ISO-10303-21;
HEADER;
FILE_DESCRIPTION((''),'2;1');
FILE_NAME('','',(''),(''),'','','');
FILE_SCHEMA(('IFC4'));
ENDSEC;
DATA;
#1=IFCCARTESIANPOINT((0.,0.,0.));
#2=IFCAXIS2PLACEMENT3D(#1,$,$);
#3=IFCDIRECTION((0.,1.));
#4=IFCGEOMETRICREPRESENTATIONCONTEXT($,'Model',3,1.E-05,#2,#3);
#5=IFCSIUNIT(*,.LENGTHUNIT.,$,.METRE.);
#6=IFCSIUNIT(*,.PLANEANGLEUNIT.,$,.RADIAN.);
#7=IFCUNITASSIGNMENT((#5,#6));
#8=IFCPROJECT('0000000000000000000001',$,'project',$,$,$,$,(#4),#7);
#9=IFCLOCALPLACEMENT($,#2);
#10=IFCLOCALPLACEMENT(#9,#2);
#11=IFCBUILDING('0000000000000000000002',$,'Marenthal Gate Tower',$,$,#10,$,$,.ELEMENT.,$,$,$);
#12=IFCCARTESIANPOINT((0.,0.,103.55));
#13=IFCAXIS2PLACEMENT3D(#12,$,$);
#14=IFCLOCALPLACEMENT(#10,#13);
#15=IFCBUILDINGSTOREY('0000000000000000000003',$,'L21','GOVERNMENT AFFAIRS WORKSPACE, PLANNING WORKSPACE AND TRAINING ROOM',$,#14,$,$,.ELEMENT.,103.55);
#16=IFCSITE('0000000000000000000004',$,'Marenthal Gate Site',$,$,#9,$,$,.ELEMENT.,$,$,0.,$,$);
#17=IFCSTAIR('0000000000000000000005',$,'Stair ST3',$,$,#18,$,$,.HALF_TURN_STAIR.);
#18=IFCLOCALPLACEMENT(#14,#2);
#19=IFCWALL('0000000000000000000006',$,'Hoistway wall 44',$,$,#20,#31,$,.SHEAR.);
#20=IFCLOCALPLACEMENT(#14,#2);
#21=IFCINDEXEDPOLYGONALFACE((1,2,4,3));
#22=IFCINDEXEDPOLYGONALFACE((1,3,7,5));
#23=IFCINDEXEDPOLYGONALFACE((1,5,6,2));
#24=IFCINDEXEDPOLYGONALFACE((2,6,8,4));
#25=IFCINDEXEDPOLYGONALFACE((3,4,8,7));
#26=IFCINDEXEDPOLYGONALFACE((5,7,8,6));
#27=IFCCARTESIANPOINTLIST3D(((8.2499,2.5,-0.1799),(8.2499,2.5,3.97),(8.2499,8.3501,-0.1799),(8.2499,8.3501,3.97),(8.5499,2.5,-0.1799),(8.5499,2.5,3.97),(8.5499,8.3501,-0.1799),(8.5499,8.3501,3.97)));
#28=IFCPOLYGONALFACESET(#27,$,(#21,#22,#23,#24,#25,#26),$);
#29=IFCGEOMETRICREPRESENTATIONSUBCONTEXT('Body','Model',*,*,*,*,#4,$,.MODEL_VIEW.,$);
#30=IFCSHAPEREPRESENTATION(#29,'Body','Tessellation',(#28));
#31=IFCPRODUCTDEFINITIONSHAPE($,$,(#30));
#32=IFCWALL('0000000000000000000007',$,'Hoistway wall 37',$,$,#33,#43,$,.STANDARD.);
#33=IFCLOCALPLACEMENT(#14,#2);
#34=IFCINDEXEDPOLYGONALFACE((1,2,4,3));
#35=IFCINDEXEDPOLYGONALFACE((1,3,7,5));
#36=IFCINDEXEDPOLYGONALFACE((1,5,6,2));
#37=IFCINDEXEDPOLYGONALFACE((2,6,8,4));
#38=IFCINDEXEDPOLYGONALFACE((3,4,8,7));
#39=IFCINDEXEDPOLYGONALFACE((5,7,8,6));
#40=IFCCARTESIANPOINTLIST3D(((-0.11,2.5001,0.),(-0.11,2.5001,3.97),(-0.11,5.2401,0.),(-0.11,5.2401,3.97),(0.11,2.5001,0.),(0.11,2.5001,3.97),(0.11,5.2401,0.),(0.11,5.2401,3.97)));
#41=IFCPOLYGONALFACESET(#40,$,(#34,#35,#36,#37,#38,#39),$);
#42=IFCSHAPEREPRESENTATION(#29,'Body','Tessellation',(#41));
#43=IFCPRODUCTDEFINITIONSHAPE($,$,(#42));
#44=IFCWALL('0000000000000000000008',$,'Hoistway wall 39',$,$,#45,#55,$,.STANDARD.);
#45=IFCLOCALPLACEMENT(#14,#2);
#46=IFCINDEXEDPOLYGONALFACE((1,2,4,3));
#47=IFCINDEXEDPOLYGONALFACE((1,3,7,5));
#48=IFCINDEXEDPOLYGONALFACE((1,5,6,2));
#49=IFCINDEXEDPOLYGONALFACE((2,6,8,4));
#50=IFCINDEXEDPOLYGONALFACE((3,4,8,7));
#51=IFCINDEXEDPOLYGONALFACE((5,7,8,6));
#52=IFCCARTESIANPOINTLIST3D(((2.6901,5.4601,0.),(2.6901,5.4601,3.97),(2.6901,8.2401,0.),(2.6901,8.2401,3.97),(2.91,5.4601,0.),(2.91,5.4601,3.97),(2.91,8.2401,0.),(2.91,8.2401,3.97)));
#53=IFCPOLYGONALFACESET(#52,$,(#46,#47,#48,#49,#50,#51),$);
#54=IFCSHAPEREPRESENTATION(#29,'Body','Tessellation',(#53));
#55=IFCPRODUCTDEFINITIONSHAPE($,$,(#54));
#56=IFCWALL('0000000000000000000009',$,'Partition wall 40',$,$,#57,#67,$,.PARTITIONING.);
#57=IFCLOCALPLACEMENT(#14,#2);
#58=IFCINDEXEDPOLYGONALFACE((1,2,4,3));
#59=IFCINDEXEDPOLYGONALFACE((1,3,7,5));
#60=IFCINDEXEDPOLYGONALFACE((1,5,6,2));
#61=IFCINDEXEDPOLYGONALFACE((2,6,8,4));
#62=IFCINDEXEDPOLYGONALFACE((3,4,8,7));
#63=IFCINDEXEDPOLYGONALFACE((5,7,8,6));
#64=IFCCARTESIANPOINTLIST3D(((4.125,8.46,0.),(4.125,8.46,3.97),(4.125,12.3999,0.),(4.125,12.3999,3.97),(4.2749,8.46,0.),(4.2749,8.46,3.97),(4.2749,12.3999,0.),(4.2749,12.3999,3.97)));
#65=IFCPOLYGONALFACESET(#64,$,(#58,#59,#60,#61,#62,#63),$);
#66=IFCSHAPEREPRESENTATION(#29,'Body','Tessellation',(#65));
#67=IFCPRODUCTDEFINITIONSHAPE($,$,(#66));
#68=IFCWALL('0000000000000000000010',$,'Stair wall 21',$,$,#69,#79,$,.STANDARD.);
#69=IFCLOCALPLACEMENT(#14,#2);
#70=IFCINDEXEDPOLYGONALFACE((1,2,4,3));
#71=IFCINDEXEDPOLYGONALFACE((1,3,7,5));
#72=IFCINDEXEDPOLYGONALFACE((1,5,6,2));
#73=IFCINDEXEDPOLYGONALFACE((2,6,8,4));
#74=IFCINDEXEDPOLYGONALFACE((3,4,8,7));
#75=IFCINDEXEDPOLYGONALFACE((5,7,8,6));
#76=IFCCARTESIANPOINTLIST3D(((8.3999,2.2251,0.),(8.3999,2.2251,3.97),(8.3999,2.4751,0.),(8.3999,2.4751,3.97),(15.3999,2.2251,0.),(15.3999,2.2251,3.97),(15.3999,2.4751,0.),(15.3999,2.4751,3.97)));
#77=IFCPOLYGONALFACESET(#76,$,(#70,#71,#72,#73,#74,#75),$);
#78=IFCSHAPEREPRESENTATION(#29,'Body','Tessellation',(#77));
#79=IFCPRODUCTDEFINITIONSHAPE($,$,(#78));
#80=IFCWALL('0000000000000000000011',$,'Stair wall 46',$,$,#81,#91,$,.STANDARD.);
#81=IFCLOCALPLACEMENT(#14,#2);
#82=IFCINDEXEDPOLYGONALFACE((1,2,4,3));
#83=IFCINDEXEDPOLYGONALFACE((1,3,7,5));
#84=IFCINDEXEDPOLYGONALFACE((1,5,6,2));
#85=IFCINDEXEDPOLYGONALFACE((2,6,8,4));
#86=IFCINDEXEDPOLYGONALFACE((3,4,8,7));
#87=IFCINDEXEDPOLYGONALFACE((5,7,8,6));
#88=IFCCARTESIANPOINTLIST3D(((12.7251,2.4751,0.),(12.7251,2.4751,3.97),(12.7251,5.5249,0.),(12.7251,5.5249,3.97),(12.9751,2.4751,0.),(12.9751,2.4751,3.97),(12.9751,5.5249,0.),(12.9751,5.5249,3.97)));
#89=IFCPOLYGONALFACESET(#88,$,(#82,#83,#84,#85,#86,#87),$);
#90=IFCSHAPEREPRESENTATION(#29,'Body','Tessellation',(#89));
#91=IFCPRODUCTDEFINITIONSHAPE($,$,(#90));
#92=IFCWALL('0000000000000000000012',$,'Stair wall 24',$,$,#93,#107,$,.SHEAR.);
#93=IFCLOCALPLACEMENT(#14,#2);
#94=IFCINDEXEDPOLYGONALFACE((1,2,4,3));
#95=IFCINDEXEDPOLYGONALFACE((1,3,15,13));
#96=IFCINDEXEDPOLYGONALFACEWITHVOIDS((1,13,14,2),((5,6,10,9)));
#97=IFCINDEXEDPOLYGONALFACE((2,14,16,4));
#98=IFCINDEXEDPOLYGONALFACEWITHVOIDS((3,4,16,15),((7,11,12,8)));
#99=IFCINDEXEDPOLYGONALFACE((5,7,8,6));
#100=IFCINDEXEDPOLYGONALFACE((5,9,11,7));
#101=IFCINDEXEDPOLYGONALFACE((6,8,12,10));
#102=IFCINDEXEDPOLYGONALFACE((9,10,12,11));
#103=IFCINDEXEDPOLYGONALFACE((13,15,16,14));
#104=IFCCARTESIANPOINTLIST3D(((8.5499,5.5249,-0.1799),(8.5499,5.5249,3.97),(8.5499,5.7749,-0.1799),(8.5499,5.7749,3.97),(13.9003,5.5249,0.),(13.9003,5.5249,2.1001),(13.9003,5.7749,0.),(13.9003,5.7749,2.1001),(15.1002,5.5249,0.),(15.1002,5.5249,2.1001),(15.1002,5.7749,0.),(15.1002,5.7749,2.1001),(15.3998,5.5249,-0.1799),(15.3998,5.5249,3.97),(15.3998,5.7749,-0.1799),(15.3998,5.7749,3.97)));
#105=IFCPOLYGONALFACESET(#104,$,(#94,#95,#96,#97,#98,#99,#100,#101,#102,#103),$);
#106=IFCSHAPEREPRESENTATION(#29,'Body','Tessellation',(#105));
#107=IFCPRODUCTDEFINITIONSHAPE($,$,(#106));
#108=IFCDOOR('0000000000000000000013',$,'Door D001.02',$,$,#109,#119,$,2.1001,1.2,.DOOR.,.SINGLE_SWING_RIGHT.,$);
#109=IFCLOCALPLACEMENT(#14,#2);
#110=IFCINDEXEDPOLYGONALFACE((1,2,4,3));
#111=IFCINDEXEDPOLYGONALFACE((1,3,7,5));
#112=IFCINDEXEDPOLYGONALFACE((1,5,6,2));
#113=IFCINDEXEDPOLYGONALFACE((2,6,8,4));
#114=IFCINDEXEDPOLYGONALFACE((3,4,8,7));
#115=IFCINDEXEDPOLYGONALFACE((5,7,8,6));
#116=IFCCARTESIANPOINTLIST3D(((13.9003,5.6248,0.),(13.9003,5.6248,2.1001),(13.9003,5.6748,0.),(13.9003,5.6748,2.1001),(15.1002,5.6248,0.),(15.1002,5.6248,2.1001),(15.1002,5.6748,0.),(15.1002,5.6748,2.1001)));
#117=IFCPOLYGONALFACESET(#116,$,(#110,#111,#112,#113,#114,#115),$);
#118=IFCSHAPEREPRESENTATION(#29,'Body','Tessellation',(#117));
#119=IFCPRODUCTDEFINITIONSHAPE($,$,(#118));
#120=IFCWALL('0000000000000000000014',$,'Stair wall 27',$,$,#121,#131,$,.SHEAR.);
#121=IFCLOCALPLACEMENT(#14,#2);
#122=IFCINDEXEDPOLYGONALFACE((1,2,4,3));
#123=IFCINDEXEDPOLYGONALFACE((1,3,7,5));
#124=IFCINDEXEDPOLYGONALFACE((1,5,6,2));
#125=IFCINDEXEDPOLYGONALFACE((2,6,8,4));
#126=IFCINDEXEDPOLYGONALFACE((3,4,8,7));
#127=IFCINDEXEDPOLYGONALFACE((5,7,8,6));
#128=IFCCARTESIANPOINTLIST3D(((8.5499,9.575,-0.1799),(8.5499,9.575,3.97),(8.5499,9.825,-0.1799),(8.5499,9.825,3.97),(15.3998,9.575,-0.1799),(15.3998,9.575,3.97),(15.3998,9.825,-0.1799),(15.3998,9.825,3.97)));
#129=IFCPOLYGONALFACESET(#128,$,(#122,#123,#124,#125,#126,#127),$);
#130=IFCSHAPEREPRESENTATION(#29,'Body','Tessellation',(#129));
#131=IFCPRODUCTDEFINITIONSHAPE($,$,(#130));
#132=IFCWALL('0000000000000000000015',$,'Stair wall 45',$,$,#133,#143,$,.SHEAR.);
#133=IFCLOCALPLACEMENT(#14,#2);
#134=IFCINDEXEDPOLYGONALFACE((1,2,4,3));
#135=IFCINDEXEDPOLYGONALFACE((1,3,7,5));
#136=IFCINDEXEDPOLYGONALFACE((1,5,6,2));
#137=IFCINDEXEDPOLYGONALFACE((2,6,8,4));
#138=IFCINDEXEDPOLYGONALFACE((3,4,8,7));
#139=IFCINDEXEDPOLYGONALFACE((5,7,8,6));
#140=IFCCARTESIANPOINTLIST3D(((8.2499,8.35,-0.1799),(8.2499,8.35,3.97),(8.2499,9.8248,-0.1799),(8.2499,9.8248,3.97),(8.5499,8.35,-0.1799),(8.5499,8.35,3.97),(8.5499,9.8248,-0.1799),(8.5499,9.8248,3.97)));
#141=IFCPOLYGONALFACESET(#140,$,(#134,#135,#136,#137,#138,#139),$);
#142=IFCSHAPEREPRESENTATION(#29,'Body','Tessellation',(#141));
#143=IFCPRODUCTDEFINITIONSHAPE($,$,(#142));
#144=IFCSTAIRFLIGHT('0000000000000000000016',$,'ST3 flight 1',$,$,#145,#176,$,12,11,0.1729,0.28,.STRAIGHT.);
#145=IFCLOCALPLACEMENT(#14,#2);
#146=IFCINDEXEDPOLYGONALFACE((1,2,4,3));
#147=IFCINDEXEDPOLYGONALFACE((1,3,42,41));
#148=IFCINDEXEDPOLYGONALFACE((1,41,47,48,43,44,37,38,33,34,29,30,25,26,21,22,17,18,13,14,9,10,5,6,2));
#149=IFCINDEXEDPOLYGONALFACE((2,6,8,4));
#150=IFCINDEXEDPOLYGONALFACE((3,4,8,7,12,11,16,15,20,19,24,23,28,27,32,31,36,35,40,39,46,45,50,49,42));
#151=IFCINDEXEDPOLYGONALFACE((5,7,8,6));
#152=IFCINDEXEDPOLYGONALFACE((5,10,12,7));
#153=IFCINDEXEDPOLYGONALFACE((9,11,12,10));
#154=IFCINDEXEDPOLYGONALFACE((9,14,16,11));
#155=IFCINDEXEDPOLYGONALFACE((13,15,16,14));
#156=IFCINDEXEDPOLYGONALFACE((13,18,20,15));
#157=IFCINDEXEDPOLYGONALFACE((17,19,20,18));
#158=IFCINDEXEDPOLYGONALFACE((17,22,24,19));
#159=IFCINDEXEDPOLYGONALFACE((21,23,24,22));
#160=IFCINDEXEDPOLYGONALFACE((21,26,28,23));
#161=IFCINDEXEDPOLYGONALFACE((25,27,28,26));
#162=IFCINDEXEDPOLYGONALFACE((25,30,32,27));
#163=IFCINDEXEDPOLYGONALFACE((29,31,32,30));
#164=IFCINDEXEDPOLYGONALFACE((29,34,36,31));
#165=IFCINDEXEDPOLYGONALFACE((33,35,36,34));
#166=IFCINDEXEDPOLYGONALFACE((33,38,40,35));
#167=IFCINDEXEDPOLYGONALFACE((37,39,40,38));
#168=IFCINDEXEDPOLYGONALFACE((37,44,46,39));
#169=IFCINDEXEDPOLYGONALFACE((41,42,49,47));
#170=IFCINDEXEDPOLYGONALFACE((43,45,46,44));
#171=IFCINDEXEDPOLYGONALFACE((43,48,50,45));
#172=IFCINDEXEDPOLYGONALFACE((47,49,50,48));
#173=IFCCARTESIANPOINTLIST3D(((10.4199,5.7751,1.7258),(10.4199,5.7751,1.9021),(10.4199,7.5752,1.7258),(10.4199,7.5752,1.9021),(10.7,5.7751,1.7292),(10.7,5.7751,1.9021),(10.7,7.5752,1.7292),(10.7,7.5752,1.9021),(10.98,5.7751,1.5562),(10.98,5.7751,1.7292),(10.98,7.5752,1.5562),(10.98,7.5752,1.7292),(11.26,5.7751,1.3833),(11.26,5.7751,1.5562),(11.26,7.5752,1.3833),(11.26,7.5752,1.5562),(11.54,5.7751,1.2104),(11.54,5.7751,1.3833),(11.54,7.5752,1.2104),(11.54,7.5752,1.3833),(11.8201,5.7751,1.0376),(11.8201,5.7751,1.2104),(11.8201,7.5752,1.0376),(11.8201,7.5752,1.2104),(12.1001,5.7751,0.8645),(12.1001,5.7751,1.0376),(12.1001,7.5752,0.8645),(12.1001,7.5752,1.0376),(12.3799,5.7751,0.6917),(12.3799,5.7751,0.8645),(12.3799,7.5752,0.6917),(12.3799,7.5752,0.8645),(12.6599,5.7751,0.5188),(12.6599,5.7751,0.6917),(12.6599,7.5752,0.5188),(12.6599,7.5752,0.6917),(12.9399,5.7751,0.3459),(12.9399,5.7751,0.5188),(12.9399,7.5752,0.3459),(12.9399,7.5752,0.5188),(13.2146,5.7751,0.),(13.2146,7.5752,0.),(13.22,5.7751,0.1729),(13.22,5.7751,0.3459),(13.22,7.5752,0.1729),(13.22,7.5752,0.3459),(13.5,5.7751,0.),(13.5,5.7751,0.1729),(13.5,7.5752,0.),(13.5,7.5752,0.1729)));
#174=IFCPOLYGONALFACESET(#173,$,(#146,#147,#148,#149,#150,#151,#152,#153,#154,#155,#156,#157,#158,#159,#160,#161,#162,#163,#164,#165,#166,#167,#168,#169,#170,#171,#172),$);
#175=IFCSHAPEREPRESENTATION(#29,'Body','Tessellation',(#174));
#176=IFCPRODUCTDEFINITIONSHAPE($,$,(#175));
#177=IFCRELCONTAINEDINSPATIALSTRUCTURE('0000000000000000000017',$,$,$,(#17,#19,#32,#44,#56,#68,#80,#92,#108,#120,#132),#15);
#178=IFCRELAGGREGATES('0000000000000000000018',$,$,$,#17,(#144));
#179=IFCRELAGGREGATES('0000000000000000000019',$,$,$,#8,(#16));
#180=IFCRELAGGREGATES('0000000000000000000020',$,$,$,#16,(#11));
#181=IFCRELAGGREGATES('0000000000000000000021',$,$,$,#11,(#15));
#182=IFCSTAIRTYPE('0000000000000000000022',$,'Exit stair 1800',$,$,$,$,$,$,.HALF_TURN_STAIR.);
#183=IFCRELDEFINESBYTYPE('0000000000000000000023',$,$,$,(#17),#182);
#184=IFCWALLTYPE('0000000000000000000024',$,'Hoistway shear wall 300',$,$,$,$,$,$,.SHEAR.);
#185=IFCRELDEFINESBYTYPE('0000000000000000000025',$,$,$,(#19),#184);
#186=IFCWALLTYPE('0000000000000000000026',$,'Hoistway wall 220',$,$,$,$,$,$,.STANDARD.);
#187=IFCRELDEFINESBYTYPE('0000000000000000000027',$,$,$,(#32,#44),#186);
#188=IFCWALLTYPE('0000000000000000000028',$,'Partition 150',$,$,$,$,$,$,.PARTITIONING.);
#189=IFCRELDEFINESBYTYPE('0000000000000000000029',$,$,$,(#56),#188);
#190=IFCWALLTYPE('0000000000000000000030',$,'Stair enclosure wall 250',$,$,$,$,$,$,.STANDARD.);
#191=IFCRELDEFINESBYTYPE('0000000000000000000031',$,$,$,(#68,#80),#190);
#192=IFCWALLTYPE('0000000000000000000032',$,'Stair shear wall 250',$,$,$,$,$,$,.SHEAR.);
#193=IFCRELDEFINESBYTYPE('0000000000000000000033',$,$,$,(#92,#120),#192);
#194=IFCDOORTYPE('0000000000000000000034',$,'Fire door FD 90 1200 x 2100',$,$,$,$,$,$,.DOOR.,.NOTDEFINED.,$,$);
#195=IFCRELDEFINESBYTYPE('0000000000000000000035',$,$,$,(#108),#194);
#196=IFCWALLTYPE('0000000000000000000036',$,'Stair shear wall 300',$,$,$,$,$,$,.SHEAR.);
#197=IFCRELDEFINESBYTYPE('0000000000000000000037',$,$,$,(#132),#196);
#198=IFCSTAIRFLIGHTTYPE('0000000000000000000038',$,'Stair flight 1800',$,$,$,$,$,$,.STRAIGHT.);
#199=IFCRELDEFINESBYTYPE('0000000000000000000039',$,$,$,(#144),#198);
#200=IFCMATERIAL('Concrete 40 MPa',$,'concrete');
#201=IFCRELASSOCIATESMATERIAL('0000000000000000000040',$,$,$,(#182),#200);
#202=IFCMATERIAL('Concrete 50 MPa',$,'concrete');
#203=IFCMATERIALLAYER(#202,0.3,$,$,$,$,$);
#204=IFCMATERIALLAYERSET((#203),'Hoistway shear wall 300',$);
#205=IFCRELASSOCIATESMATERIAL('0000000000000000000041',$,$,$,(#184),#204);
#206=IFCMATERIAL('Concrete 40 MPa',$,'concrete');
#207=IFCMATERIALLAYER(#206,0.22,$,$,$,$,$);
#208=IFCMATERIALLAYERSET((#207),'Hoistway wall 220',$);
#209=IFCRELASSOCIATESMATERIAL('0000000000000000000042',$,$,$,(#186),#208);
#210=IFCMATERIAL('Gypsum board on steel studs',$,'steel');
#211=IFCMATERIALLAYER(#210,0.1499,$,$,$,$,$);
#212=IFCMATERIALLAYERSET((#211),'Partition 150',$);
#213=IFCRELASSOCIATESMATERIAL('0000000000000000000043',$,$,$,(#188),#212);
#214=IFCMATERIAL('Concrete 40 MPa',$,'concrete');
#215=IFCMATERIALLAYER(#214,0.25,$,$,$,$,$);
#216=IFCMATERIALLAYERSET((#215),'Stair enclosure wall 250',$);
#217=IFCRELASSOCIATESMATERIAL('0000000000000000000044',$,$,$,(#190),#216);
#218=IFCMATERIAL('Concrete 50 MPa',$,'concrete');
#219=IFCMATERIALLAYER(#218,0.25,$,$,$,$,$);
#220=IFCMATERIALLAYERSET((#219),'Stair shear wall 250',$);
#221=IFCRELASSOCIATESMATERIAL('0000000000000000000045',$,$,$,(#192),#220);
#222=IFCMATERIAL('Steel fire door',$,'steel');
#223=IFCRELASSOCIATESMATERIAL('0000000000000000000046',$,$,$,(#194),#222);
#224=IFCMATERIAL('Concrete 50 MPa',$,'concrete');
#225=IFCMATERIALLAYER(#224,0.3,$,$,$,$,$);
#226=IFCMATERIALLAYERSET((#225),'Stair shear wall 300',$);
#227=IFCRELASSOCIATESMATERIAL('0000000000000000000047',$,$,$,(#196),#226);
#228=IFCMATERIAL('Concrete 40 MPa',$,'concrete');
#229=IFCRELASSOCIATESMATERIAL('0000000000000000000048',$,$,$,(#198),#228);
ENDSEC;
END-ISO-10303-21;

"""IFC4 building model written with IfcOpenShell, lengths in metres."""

from ifc_helpers import new_model, si_unit, direction, frame, frame_2d, origin, place, context, subcontext, project, spatial, polyline, rectangle, outline, extrude, material, layer, layer_set, type_object, element, fill, aggregate, save


model = new_model("IFC4")

# Units and contexts
model_context = context("Model", 3, precision=1e-05, world=origin(), true_north=direction((0.0, 1.0)))
body_context = subcontext(model_context, "Body", "Model", "MODEL_VIEW")
ifc_project = project(units=[si_unit("LENGTHUNIT", "METRE"), si_unit("PLANEANGLEUNIT", "RADIAN")], contexts=[model_context])

# Site, building, storey
site_placement = place(None, origin())
site = spatial("IfcSite", under=ifc_project, at=site_placement, Name="Marenthal Gate Site", CompositionType="ELEMENT", RefElevation=0.0)
building_placement = place(site_placement, origin())
building = spatial("IfcBuilding", under=site, at=building_placement, Name="Marenthal Gate Tower", CompositionType="ELEMENT")
storey_placement = place(building_placement, frame((0.0, 0.0, 103.55)))
storey = spatial("IfcBuildingStorey", under=building, at=storey_placement, Name="L21", Description="GOVERNMENT AFFAIRS WORKSPACE, PLANNING WORKSPACE AND TRAINING ROOM", CompositionType="ELEMENT", Elevation=103.55)

# Stair
ifc_material_1 = material(Name="Concrete 40 MPa", Category="concrete")
stair_type = type_object("IfcStairType", Name="Exit stair 1800", PredefinedType="HALF_TURN_STAIR", material=ifc_material_1)
stair_1_placement = place(storey_placement, origin())
stair_1 = element("IfcStair", 1, at=stair_1_placement, inside=storey, type_object=stair_type, Name="Stair ST3", PredefinedType="HALF_TURN_STAIR")

# Walls
ifc_material_2 = material(Name="Concrete 50 MPa", Category="concrete")
ifc_layer_1 = layer(ifc_material_2, 0.3)
ifc_layer_set_1 = layer_set([ifc_layer_1], Name="Hoistway shear wall 300")
wall_type_1 = type_object("IfcWallType", Name="Hoistway shear wall 300", PredefinedType="SHEAR", material=ifc_layer_set_1)
wall_1_placement = place(storey_placement, frame((8.3999, 2.5, -0.1799), z_axis=(0.0, 0.0, 1.0), x_axis=(0.0, 1.0, 0.0)))
element("IfcWall", 2, at=wall_1_placement, inside=storey, type_object=wall_type_1, Name="Hoistway wall 44", PredefinedType="SHEAR", context=body_context, shape_type="SweptSolid", body=[
    extrude(rectangle(XDim=5.8501, YDim=0.3, at=frame_2d((2.925, 0.0))), origin(), (0.0, 0.0, 1.0), 4.1499),
])
ifc_material_3 = material(Name="Concrete 40 MPa", Category="concrete")
ifc_layer_2 = layer(ifc_material_3, 0.22)
ifc_layer_set_2 = layer_set([ifc_layer_2], Name="Hoistway wall 220")
wall_type_2 = type_object("IfcWallType", Name="Hoistway wall 220", PredefinedType="STANDARD", material=ifc_layer_set_2)
wall_2_placement = place(storey_placement, frame((0.0, 2.5, 0.0), z_axis=(0.0, 0.0, 1.0), x_axis=(0.0, 1.0, 0.0)))
element("IfcWall", 3, at=wall_2_placement, inside=storey, type_object=wall_type_2, Name="Hoistway wall 37", PredefinedType="STANDARD", context=body_context, shape_type="SweptSolid", body=[
    extrude(rectangle(XDim=2.74, YDim=0.22, at=frame_2d((1.3701, 0.0))), origin(), (0.0, 0.0, 1.0), 3.97),
])
wall_3_placement = place(storey_placement, frame((2.8, 5.46, 0.0), z_axis=(0.0, 0.0, 1.0), x_axis=(0.0, 1.0, 0.0)))
element("IfcWall", 4, at=wall_3_placement, inside=storey, type_object=wall_type_2, Name="Hoistway wall 39", PredefinedType="STANDARD", context=body_context, shape_type="SweptSolid", body=[
    extrude(rectangle(XDim=2.78, YDim=0.22, at=frame_2d((1.3901, 0.0))), origin(), (0.0, 0.0, 1.0), 3.97),
])
ifc_material_4 = material(Name="Gypsum board on steel studs", Category="steel")
ifc_layer_3 = layer(ifc_material_4, 0.1499)
ifc_layer_set_3 = layer_set([ifc_layer_3], Name="Partition 150")
wall_type_3 = type_object("IfcWallType", Name="Partition 150", PredefinedType="PARTITIONING", material=ifc_layer_set_3)
wall_4_placement = place(storey_placement, frame((4.2, 8.46, 0.0), z_axis=(0.0, 0.0, 1.0), x_axis=(0.0, 1.0, 0.0)))
element("IfcWall", 5, at=wall_4_placement, inside=storey, type_object=wall_type_3, Name="Partition wall 40", PredefinedType="PARTITIONING", context=body_context, shape_type="SweptSolid", body=[
    extrude(rectangle(XDim=3.9399, YDim=0.1499, at=frame_2d((1.97, 0.0))), origin(), (0.0, 0.0, 1.0), 3.97),
])
ifc_material_5 = material(Name="Concrete 40 MPa", Category="concrete")
ifc_layer_4 = layer(ifc_material_5, 0.25)
ifc_layer_set_4 = layer_set([ifc_layer_4], Name="Stair enclosure wall 250")
wall_type_4 = type_object("IfcWallType", Name="Stair enclosure wall 250", PredefinedType="STANDARD", material=ifc_layer_set_4)
wall_5_placement = place(storey_placement, frame((8.3999, 2.3501, 0.0), z_axis=(0.0, 0.0, 1.0), x_axis=(1.0, 0.0, 0.0)))
element("IfcWall", 6, at=wall_5_placement, inside=storey, type_object=wall_type_4, Name="Stair wall 21", PredefinedType="STANDARD", context=body_context, shape_type="SweptSolid", body=[
    extrude(rectangle(XDim=7.0, YDim=0.25, at=frame_2d((3.5, 0.0))), origin(), (0.0, 0.0, 1.0), 3.97),
])
wall_6_placement = place(storey_placement, frame((12.8501, 2.4751, 0.0), z_axis=(0.0, 0.0, 1.0), x_axis=(0.0, 1.0, 0.0)))
element("IfcWall", 7, at=wall_6_placement, inside=storey, type_object=wall_type_4, Name="Stair wall 46", PredefinedType="STANDARD", context=body_context, shape_type="SweptSolid", body=[
    extrude(rectangle(XDim=3.0498, YDim=0.25, at=frame_2d((1.5249, 0.0))), origin(), (0.0, 0.0, 1.0), 3.97),
])

# Wall, opening, door
ifc_material_6 = material(Name="Concrete 50 MPa", Category="concrete")
ifc_layer_5 = layer(ifc_material_6, 0.25)
ifc_layer_set_5 = layer_set([ifc_layer_5], Name="Stair shear wall 250")
wall_type_5 = type_object("IfcWallType", Name="Stair shear wall 250", PredefinedType="SHEAR", material=ifc_layer_set_5)
wall_7_placement = place(storey_placement, frame((8.55, 5.6499, -0.1799), z_axis=(0.0, 0.0, 1.0), x_axis=(1.0, 0.0, 0.0)))
wall_7 = element("IfcWall", 8, at=wall_7_placement, inside=storey, type_object=wall_type_5, Name="Stair wall 24", PredefinedType="SHEAR", context=body_context, shape_type="SweptSolid", body=[
    extrude(rectangle(XDim=6.8499, YDim=0.25, at=frame_2d((3.4248, 0.0))), origin(), (0.0, 0.0, 1.0), 4.1499),
])
opening_1_placement = place(wall_7_placement, frame((5.3501, 0.0, 0.1799)))
opening_1 = element("IfcOpeningElement", 9, at=opening_1_placement, cuts=wall_7, PredefinedType="OPENING", context=body_context, shape_type="SweptSolid", body=[
    extrude(rectangle(XDim=1.2, YDim=2.1001, at=frame_2d((0.6001, 1.05))), frame((0.0, 0.135, 0.0), z_axis=(0.0, -1.0, 0.0), x_axis=(1.0, 0.0, 0.0)), (0.0, 0.0, 1.0), 0.27),
])
ifc_material_7 = material(Name="Steel fire door", Category="steel")
door_type_1 = type_object("IfcDoorType", Name="Fire door FD 90 1200 x 2100", OperationType="NOTDEFINED", PredefinedType="DOOR", material=ifc_material_7)
door_1_placement = place(opening_1_placement, origin())
door_1 = element("IfcDoor", 10, at=door_1_placement, inside=storey, type_object=door_type_1, Name="Door D001.02", OperationType="SINGLE_SWING_RIGHT", OverallHeight=2.1001, OverallWidth=1.2, PredefinedType="DOOR", context=body_context, shape_type="SweptSolid", body=[
    extrude(rectangle(XDim=1.2, YDim=2.1001, at=frame_2d((0.6001, 1.05))), frame((0.0, 0.0249, 0.0), z_axis=(0.0, -1.0, 0.0), x_axis=(1.0, 0.0, 0.0)), (0.0, 0.0, 1.0), 0.05),
])
fill(opening_1, door_1)

# Walls
wall_8_placement = place(storey_placement, frame((8.55, 9.7, -0.1799), z_axis=(0.0, 0.0, 1.0), x_axis=(1.0, 0.0, 0.0)))
element("IfcWall", 11, at=wall_8_placement, inside=storey, type_object=wall_type_5, Name="Stair wall 27", PredefinedType="SHEAR", context=body_context, shape_type="SweptSolid", body=[
    extrude(rectangle(XDim=6.8499, YDim=0.25, at=frame_2d((3.4248, 0.0))), origin(), (0.0, 0.0, 1.0), 4.1499),
])
ifc_material_8 = material(Name="Concrete 50 MPa", Category="concrete")
ifc_layer_6 = layer(ifc_material_8, 0.3)
ifc_layer_set_6 = layer_set([ifc_layer_6], Name="Stair shear wall 300")
wall_type_6 = type_object("IfcWallType", Name="Stair shear wall 300", PredefinedType="SHEAR", material=ifc_layer_set_6)
wall_9_placement = place(storey_placement, frame((8.3999, 8.3501, -0.1799), z_axis=(0.0, 0.0, 1.0), x_axis=(0.0, 1.0, 0.0)))
element("IfcWall", 12, at=wall_9_placement, inside=storey, type_object=wall_type_6, Name="Stair wall 45", PredefinedType="SHEAR", context=body_context, shape_type="SweptSolid", body=[
    extrude(rectangle(XDim=1.4749, YDim=0.3, at=frame_2d((0.7373, 0.0))), origin(), (0.0, 0.0, 1.0), 4.1499),
])

# Stair flight
ifc_material_9 = material(Name="Concrete 40 MPa", Category="concrete")
stair_flight_type = type_object("IfcStairFlightType", Name="Stair flight 1800", PredefinedType="STRAIGHT", material=ifc_material_9)
stair_flight_1_placement = place(storey_placement, frame((13.5, 6.675, 0.0), z_axis=(0.0, 0.0, 1.0), x_axis=(-1.0, 0.0, 0.0)))
stair_flight_1 = element("IfcStairFlight", 13, at=stair_flight_1_placement, type_object=stair_flight_type, Name="ST3 flight 1", NumberOfRisers=12, NumberOfTreads=11, PredefinedType="STRAIGHT", RiserHeight=0.1729, TreadLength=0.28, context=body_context, shape_type="SweptSolid", body=[
    extrude(outline(polyline([(0.0, 0.0), (0.0, 0.1729), (0.28, 0.1729), (0.28, 0.3459), (0.5601, 0.3459), (0.5601, 0.5188), (0.8401, 0.5188), (0.8401, 0.6917), (1.1201, 0.6917), (1.1201, 0.8645), (1.3999, 0.8645), (1.3999, 1.0376), (1.6799, 1.0376), (1.6799, 1.2104), (1.96, 1.2104), (1.96, 1.3833), (2.24, 1.3833), (2.24, 1.5562), (2.52, 1.5562), (2.52, 1.7292), (2.8, 1.7292), (2.8, 1.9021), (3.0801, 1.9021), (3.0801, 2.075), (3.0801, 1.7258), (0.2854, 0.0), (0.0, 0.0)])), frame((0.0, 0.8999, 0.0), z_axis=(0.0, -1.0, 0.0), x_axis=(1.0, 0.0, 0.0)), (0.0, 0.0, 1.0), 1.8),
])
aggregate(stair_1, [stair_flight_1])

save(model, "model.ifc")
